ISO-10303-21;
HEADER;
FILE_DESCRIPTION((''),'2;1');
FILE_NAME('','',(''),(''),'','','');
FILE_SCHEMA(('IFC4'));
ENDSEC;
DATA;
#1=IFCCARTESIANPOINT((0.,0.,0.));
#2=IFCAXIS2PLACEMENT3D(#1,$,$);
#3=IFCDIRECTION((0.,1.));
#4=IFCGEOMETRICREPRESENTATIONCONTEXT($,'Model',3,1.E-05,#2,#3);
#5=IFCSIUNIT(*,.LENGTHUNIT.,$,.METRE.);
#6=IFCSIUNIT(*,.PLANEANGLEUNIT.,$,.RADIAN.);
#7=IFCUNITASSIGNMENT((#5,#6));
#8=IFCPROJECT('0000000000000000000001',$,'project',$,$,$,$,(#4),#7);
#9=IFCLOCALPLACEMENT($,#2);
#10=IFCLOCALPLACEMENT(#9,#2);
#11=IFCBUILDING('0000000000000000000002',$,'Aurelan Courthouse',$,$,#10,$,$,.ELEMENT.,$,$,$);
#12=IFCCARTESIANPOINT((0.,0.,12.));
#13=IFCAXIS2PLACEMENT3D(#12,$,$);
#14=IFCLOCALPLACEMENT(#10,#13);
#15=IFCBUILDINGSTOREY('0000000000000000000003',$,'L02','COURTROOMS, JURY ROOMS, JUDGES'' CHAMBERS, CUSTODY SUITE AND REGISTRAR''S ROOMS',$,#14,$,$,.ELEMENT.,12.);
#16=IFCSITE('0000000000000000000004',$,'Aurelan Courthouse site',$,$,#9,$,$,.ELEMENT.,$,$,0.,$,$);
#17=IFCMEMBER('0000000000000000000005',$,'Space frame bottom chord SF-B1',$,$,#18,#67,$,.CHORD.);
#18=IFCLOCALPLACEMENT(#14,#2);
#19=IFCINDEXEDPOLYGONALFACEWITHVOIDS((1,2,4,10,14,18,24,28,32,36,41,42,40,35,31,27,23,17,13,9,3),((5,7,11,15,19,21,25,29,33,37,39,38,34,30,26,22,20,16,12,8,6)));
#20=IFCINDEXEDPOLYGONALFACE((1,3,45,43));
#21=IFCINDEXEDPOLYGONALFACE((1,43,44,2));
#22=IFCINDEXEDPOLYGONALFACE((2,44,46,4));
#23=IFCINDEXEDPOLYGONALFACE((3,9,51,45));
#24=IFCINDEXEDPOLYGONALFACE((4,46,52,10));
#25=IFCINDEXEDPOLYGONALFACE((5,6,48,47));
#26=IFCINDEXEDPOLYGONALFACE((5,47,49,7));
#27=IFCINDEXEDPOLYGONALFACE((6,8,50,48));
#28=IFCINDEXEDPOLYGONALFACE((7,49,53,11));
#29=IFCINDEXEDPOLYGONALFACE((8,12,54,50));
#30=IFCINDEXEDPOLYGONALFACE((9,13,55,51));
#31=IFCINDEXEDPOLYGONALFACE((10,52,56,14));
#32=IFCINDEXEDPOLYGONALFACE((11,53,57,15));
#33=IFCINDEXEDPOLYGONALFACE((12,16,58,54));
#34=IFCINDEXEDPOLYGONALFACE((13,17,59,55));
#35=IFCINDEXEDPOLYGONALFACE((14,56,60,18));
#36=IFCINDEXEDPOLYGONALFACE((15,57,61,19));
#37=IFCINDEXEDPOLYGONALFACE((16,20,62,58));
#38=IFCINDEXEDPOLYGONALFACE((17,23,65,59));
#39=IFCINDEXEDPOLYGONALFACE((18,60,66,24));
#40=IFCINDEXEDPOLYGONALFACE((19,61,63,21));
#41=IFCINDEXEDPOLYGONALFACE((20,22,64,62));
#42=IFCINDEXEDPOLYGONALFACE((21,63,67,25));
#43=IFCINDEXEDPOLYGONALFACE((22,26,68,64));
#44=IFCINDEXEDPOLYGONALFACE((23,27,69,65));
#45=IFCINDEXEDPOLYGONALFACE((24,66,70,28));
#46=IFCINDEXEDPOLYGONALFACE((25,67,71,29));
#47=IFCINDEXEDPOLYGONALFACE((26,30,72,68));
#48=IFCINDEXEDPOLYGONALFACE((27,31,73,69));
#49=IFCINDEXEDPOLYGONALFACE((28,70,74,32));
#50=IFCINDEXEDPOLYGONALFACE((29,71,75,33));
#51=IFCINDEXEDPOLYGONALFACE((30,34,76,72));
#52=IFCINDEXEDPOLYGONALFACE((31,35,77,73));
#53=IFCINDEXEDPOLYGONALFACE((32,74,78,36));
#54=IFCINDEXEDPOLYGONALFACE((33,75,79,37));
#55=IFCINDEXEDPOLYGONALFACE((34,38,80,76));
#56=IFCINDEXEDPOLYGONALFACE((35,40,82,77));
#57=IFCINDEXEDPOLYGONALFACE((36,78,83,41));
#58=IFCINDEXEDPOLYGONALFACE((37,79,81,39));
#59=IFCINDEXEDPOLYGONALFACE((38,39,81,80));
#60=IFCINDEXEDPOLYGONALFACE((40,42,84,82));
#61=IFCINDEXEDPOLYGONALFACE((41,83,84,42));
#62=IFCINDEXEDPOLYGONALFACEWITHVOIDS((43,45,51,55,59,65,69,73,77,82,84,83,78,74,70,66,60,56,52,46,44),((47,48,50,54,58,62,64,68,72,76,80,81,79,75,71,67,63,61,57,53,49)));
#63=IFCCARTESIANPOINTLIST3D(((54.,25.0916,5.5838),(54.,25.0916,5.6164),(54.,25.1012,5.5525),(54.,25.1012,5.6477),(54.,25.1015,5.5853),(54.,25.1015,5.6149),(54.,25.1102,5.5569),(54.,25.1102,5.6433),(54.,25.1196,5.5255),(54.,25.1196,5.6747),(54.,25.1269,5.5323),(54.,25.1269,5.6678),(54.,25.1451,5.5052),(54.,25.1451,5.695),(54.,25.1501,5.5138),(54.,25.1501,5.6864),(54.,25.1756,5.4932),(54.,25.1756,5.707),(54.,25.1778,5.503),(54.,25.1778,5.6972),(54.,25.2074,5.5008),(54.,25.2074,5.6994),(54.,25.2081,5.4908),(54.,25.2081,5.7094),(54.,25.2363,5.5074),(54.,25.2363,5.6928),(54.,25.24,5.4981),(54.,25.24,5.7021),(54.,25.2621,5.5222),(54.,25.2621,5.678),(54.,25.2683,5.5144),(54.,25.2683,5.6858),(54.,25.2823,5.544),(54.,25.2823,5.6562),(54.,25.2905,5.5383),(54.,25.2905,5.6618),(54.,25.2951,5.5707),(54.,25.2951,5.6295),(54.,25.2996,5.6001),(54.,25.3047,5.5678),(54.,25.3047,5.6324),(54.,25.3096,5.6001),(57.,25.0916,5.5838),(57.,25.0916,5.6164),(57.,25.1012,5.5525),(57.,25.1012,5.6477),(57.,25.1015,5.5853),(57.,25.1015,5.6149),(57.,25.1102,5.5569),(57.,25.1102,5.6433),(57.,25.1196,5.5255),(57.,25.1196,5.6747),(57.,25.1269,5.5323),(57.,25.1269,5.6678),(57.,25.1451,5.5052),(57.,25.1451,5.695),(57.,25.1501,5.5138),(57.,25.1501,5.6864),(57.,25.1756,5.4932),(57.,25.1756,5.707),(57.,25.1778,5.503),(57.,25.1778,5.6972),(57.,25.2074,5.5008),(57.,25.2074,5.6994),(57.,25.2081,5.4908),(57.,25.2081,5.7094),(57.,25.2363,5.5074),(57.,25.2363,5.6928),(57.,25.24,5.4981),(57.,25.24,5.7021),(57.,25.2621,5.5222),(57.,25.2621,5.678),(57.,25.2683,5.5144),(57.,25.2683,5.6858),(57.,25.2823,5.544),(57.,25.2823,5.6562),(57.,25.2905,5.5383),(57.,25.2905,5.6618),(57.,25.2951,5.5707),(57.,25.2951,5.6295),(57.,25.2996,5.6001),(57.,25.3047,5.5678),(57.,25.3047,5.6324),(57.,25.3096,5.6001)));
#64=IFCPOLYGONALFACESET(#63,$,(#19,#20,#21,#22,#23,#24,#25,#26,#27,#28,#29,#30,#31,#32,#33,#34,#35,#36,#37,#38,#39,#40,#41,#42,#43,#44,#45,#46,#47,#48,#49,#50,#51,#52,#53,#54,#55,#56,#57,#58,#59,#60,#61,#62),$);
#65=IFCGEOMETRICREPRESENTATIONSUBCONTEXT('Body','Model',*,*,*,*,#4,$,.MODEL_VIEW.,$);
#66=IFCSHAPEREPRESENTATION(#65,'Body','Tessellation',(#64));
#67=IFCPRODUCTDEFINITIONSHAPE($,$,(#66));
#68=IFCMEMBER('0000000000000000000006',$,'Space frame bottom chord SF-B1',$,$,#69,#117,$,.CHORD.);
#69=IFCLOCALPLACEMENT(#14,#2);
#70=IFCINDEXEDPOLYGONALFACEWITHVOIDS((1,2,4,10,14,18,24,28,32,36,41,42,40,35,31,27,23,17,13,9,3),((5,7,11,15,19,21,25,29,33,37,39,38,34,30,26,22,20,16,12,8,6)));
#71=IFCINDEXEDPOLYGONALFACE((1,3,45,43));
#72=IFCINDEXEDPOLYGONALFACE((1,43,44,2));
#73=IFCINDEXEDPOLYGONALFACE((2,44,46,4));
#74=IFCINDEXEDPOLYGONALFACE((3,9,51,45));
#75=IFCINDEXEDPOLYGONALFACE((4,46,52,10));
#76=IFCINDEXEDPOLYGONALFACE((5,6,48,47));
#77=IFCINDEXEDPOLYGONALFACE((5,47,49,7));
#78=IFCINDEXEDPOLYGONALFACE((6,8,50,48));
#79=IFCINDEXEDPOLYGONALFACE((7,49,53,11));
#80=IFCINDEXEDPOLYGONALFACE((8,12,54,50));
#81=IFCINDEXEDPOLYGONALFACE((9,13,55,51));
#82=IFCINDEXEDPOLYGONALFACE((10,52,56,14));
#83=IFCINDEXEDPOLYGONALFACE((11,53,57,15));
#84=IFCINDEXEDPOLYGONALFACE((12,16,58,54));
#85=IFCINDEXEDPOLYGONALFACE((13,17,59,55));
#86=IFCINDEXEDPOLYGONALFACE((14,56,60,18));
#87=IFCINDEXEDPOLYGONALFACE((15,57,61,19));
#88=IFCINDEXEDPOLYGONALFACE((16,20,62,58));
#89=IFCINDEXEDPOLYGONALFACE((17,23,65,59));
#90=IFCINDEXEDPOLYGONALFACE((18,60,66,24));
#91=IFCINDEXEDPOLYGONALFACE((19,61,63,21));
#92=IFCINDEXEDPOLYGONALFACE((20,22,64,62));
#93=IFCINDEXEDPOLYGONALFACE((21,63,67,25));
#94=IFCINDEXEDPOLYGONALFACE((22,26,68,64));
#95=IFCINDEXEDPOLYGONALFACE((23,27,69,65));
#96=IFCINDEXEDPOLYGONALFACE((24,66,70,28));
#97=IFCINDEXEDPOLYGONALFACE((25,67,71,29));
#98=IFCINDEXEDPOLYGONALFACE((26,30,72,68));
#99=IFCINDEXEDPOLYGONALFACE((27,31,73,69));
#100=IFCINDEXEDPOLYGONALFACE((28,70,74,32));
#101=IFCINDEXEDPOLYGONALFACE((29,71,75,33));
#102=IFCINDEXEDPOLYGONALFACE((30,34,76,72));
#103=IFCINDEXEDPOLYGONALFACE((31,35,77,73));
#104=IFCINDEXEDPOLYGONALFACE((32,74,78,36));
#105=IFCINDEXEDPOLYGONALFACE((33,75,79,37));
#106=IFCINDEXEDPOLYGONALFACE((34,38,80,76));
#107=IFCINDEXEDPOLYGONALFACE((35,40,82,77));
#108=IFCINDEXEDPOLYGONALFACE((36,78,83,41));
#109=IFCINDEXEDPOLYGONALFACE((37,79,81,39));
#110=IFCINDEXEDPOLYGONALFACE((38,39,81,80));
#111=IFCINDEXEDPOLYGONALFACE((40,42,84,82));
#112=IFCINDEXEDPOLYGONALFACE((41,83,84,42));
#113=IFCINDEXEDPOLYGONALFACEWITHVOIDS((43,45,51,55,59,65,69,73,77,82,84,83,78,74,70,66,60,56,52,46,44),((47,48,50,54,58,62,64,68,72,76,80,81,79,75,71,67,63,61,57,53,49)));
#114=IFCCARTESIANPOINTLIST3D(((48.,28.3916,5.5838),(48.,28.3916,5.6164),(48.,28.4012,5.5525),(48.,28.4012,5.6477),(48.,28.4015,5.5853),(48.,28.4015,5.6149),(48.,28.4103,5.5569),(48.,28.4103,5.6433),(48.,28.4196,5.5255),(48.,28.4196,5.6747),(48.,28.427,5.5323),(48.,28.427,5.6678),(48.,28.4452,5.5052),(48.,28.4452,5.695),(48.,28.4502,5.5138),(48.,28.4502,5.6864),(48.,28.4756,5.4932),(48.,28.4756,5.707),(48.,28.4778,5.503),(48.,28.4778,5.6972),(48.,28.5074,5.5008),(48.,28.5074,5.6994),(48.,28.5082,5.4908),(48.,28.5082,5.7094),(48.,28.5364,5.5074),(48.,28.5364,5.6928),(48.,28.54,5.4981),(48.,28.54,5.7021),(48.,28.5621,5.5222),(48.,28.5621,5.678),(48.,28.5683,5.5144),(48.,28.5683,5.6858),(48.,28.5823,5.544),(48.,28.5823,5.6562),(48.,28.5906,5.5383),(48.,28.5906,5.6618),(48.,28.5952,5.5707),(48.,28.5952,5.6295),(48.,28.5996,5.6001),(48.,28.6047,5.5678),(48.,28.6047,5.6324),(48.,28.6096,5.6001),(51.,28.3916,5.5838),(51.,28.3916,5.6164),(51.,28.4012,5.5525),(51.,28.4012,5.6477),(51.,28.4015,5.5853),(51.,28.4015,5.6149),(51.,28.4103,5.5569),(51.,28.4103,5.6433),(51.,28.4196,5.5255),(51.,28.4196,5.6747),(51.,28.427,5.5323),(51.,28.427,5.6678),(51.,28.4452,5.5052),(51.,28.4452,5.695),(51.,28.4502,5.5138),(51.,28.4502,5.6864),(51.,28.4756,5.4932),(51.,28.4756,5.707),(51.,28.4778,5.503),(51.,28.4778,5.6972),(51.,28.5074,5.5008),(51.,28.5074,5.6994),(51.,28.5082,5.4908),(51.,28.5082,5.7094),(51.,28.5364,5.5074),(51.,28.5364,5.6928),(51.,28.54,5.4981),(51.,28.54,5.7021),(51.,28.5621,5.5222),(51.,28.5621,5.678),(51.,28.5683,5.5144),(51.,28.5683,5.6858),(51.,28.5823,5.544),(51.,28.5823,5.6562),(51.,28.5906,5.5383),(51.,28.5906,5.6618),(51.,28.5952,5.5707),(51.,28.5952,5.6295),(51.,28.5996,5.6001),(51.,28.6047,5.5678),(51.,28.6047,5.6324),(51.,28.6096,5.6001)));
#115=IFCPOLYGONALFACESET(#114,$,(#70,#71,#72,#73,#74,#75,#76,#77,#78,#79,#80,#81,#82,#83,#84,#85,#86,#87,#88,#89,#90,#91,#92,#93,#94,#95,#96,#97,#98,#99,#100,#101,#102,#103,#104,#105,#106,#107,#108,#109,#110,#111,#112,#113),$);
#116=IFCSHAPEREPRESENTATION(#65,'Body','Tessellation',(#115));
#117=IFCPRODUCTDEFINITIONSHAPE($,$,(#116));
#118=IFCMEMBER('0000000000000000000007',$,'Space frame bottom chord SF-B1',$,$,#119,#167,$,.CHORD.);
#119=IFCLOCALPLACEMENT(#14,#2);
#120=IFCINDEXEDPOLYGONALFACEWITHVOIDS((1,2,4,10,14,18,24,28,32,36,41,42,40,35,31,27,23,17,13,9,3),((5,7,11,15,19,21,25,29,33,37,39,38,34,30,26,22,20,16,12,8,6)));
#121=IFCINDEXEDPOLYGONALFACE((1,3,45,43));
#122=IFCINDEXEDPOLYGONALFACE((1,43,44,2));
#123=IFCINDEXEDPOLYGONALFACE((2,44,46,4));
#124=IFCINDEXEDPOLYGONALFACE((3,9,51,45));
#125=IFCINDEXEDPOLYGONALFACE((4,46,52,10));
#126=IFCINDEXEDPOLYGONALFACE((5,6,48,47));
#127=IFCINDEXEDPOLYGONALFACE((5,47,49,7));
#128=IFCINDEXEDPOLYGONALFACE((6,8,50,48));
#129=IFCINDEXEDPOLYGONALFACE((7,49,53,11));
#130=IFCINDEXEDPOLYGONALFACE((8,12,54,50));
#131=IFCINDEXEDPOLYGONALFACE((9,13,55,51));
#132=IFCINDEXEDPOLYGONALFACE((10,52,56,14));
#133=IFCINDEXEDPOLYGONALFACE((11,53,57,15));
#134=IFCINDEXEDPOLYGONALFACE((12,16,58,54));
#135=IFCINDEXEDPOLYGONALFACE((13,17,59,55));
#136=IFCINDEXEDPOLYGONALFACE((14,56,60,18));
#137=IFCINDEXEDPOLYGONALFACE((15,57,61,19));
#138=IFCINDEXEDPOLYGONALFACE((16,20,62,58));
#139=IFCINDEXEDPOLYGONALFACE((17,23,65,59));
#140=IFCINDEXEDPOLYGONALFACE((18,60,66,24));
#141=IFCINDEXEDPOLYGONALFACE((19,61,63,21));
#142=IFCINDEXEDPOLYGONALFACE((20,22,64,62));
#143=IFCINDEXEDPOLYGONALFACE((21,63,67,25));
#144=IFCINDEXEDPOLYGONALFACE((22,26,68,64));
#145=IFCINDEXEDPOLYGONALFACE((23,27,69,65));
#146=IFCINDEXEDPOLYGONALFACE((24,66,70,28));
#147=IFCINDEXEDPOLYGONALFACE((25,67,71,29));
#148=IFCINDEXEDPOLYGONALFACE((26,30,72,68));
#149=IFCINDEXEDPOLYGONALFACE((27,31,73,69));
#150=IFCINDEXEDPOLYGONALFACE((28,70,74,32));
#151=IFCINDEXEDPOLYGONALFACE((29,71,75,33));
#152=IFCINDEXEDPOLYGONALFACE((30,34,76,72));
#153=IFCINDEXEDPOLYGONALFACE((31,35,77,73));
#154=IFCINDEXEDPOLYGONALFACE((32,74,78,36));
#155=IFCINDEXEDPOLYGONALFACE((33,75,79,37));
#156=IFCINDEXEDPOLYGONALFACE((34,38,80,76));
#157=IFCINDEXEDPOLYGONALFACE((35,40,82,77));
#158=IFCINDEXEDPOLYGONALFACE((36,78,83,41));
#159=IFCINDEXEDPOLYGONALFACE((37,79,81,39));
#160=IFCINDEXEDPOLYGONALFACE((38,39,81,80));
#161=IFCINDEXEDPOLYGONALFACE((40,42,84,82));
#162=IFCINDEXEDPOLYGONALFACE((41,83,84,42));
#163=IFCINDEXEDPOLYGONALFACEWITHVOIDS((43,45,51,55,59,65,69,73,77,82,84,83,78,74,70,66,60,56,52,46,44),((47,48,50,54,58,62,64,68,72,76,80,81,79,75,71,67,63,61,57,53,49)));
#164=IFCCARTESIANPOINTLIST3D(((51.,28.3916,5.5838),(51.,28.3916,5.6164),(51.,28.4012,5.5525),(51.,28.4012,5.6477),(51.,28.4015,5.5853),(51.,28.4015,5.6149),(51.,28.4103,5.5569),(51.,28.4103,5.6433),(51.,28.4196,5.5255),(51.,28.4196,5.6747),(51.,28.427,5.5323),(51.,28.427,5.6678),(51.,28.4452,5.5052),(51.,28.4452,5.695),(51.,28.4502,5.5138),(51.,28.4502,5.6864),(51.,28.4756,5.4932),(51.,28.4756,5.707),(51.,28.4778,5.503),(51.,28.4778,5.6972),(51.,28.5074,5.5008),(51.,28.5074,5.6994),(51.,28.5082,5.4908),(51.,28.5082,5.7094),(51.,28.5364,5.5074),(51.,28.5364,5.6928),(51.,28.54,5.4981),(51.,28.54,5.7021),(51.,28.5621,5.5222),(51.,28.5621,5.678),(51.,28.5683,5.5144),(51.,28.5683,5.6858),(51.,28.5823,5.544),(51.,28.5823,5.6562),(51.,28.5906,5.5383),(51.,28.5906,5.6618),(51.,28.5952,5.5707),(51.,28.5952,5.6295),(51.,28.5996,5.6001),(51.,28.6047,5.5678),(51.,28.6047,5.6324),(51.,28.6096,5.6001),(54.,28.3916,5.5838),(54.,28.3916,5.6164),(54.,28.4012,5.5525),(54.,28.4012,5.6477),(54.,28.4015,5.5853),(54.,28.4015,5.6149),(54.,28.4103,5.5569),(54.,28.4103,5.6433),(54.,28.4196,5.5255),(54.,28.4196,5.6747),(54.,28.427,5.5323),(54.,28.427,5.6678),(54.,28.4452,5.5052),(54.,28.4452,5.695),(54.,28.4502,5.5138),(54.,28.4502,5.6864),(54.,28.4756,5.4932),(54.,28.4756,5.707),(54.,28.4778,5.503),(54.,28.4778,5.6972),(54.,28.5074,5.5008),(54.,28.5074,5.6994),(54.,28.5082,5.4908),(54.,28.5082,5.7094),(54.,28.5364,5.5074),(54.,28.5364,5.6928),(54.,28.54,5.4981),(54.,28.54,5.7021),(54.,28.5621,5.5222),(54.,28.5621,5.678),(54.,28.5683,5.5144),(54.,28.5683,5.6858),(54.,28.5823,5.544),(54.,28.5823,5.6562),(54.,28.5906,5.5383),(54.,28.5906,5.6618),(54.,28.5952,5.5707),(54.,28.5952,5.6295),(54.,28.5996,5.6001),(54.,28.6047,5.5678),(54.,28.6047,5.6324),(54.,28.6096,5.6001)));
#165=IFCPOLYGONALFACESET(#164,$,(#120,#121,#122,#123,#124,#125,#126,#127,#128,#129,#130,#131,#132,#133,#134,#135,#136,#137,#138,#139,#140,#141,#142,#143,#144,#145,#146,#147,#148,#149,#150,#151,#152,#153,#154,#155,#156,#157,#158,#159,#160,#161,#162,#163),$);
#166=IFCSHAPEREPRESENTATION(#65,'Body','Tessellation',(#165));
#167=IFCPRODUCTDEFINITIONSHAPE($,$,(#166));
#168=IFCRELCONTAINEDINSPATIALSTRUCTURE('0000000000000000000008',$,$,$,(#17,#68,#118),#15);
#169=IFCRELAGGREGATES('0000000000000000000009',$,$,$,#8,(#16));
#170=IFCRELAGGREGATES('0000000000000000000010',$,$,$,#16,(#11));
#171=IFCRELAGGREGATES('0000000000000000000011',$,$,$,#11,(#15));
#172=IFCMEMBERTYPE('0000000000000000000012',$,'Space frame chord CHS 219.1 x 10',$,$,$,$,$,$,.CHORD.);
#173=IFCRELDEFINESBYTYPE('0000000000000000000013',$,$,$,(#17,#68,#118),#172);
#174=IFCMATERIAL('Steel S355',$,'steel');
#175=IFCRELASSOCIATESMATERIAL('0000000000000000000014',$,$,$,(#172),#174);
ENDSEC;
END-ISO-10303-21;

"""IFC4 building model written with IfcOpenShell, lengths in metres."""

from ifc_helpers import new_model, si_unit, direction, frame, origin, origin_2d, place, context, subcontext, project, spatial, hollow_circle, extrude, material, material_profile, profile_set, type_object, element, save


model = new_model("IFC4")

# Units and contexts
model_context = context("Model", 3, precision=1e-05, world=origin(), true_north=direction((0.0, 1.0)))
body_context = subcontext(model_context, "Body", "Model", "MODEL_VIEW")
ifc_project = project(units=[si_unit("LENGTHUNIT", "METRE"), si_unit("PLANEANGLEUNIT", "RADIAN")], contexts=[model_context])

# Site, building, storey
site_placement = place(None, origin())
site = spatial("IfcSite", under=ifc_project, at=site_placement, Name="Aurelan Courthouse site", CompositionType="ELEMENT", RefElevation=0.0)
building_placement = place(site_placement, origin())
building = spatial("IfcBuilding", under=site, at=building_placement, Name="Aurelan Courthouse", CompositionType="ELEMENT")
storey_placement = place(building_placement, frame((0.0, 0.0, 12.0)))
storey = spatial("IfcBuildingStorey", under=building, at=storey_placement, Name="L02", Description="COURTROOMS, JURY ROOMS, JUDGES' CHAMBERS, CUSTODY SUITE AND REGISTRAR'S ROOMS", CompositionType="ELEMENT", Elevation=12.0)

# Shared definitions
ifc_material_1 = material(Name="Steel S355", Category="steel")

# Members
ifc_material_profile_1 = material_profile(ifc_material_1, hollow_circle(Radius=0.1096, WallThickness=0.01, at=origin_2d()), Name="CHS 219.1 x 10")
ifc_profile_set_1 = profile_set([ifc_material_profile_1], Name="Steel S355")
member_type_1 = type_object("IfcMemberType", Name="Space frame chord CHS 219.1 x 10", PredefinedType="CHORD", material=ifc_profile_set_1)
for number, where, z_axis, x_axis, name in (
    (1, (54.0, 25.2, 5.6001), (1.0, 0.0, 0.0), (0.0, 1.0, 0.0), "Space frame bottom chord SF-B1"),
    (2, (48.0, 28.5, 5.6001), (1.0, 0.0, 0.0), (0.0, 1.0, 0.0), "Space frame bottom chord SF-B1"),
    (3, (51.0, 28.5, 5.6001), (1.0, 0.0, 0.0), (0.0, 1.0, 0.0), "Space frame bottom chord SF-B1"),
):
    element("IfcMember", number, at=place(storey_placement, frame(where, z_axis=z_axis, x_axis=x_axis)), inside=storey, type_object=member_type_1, Name=name, PredefinedType="CHORD", context=body_context, shape_type="SweptSolid", body=[
        extrude(hollow_circle(Radius=0.1096, WallThickness=0.01, at=origin_2d()), origin(), (0.0, 0.0, 1.0), 3.0),
    ])

save(model, "model.ifc")
